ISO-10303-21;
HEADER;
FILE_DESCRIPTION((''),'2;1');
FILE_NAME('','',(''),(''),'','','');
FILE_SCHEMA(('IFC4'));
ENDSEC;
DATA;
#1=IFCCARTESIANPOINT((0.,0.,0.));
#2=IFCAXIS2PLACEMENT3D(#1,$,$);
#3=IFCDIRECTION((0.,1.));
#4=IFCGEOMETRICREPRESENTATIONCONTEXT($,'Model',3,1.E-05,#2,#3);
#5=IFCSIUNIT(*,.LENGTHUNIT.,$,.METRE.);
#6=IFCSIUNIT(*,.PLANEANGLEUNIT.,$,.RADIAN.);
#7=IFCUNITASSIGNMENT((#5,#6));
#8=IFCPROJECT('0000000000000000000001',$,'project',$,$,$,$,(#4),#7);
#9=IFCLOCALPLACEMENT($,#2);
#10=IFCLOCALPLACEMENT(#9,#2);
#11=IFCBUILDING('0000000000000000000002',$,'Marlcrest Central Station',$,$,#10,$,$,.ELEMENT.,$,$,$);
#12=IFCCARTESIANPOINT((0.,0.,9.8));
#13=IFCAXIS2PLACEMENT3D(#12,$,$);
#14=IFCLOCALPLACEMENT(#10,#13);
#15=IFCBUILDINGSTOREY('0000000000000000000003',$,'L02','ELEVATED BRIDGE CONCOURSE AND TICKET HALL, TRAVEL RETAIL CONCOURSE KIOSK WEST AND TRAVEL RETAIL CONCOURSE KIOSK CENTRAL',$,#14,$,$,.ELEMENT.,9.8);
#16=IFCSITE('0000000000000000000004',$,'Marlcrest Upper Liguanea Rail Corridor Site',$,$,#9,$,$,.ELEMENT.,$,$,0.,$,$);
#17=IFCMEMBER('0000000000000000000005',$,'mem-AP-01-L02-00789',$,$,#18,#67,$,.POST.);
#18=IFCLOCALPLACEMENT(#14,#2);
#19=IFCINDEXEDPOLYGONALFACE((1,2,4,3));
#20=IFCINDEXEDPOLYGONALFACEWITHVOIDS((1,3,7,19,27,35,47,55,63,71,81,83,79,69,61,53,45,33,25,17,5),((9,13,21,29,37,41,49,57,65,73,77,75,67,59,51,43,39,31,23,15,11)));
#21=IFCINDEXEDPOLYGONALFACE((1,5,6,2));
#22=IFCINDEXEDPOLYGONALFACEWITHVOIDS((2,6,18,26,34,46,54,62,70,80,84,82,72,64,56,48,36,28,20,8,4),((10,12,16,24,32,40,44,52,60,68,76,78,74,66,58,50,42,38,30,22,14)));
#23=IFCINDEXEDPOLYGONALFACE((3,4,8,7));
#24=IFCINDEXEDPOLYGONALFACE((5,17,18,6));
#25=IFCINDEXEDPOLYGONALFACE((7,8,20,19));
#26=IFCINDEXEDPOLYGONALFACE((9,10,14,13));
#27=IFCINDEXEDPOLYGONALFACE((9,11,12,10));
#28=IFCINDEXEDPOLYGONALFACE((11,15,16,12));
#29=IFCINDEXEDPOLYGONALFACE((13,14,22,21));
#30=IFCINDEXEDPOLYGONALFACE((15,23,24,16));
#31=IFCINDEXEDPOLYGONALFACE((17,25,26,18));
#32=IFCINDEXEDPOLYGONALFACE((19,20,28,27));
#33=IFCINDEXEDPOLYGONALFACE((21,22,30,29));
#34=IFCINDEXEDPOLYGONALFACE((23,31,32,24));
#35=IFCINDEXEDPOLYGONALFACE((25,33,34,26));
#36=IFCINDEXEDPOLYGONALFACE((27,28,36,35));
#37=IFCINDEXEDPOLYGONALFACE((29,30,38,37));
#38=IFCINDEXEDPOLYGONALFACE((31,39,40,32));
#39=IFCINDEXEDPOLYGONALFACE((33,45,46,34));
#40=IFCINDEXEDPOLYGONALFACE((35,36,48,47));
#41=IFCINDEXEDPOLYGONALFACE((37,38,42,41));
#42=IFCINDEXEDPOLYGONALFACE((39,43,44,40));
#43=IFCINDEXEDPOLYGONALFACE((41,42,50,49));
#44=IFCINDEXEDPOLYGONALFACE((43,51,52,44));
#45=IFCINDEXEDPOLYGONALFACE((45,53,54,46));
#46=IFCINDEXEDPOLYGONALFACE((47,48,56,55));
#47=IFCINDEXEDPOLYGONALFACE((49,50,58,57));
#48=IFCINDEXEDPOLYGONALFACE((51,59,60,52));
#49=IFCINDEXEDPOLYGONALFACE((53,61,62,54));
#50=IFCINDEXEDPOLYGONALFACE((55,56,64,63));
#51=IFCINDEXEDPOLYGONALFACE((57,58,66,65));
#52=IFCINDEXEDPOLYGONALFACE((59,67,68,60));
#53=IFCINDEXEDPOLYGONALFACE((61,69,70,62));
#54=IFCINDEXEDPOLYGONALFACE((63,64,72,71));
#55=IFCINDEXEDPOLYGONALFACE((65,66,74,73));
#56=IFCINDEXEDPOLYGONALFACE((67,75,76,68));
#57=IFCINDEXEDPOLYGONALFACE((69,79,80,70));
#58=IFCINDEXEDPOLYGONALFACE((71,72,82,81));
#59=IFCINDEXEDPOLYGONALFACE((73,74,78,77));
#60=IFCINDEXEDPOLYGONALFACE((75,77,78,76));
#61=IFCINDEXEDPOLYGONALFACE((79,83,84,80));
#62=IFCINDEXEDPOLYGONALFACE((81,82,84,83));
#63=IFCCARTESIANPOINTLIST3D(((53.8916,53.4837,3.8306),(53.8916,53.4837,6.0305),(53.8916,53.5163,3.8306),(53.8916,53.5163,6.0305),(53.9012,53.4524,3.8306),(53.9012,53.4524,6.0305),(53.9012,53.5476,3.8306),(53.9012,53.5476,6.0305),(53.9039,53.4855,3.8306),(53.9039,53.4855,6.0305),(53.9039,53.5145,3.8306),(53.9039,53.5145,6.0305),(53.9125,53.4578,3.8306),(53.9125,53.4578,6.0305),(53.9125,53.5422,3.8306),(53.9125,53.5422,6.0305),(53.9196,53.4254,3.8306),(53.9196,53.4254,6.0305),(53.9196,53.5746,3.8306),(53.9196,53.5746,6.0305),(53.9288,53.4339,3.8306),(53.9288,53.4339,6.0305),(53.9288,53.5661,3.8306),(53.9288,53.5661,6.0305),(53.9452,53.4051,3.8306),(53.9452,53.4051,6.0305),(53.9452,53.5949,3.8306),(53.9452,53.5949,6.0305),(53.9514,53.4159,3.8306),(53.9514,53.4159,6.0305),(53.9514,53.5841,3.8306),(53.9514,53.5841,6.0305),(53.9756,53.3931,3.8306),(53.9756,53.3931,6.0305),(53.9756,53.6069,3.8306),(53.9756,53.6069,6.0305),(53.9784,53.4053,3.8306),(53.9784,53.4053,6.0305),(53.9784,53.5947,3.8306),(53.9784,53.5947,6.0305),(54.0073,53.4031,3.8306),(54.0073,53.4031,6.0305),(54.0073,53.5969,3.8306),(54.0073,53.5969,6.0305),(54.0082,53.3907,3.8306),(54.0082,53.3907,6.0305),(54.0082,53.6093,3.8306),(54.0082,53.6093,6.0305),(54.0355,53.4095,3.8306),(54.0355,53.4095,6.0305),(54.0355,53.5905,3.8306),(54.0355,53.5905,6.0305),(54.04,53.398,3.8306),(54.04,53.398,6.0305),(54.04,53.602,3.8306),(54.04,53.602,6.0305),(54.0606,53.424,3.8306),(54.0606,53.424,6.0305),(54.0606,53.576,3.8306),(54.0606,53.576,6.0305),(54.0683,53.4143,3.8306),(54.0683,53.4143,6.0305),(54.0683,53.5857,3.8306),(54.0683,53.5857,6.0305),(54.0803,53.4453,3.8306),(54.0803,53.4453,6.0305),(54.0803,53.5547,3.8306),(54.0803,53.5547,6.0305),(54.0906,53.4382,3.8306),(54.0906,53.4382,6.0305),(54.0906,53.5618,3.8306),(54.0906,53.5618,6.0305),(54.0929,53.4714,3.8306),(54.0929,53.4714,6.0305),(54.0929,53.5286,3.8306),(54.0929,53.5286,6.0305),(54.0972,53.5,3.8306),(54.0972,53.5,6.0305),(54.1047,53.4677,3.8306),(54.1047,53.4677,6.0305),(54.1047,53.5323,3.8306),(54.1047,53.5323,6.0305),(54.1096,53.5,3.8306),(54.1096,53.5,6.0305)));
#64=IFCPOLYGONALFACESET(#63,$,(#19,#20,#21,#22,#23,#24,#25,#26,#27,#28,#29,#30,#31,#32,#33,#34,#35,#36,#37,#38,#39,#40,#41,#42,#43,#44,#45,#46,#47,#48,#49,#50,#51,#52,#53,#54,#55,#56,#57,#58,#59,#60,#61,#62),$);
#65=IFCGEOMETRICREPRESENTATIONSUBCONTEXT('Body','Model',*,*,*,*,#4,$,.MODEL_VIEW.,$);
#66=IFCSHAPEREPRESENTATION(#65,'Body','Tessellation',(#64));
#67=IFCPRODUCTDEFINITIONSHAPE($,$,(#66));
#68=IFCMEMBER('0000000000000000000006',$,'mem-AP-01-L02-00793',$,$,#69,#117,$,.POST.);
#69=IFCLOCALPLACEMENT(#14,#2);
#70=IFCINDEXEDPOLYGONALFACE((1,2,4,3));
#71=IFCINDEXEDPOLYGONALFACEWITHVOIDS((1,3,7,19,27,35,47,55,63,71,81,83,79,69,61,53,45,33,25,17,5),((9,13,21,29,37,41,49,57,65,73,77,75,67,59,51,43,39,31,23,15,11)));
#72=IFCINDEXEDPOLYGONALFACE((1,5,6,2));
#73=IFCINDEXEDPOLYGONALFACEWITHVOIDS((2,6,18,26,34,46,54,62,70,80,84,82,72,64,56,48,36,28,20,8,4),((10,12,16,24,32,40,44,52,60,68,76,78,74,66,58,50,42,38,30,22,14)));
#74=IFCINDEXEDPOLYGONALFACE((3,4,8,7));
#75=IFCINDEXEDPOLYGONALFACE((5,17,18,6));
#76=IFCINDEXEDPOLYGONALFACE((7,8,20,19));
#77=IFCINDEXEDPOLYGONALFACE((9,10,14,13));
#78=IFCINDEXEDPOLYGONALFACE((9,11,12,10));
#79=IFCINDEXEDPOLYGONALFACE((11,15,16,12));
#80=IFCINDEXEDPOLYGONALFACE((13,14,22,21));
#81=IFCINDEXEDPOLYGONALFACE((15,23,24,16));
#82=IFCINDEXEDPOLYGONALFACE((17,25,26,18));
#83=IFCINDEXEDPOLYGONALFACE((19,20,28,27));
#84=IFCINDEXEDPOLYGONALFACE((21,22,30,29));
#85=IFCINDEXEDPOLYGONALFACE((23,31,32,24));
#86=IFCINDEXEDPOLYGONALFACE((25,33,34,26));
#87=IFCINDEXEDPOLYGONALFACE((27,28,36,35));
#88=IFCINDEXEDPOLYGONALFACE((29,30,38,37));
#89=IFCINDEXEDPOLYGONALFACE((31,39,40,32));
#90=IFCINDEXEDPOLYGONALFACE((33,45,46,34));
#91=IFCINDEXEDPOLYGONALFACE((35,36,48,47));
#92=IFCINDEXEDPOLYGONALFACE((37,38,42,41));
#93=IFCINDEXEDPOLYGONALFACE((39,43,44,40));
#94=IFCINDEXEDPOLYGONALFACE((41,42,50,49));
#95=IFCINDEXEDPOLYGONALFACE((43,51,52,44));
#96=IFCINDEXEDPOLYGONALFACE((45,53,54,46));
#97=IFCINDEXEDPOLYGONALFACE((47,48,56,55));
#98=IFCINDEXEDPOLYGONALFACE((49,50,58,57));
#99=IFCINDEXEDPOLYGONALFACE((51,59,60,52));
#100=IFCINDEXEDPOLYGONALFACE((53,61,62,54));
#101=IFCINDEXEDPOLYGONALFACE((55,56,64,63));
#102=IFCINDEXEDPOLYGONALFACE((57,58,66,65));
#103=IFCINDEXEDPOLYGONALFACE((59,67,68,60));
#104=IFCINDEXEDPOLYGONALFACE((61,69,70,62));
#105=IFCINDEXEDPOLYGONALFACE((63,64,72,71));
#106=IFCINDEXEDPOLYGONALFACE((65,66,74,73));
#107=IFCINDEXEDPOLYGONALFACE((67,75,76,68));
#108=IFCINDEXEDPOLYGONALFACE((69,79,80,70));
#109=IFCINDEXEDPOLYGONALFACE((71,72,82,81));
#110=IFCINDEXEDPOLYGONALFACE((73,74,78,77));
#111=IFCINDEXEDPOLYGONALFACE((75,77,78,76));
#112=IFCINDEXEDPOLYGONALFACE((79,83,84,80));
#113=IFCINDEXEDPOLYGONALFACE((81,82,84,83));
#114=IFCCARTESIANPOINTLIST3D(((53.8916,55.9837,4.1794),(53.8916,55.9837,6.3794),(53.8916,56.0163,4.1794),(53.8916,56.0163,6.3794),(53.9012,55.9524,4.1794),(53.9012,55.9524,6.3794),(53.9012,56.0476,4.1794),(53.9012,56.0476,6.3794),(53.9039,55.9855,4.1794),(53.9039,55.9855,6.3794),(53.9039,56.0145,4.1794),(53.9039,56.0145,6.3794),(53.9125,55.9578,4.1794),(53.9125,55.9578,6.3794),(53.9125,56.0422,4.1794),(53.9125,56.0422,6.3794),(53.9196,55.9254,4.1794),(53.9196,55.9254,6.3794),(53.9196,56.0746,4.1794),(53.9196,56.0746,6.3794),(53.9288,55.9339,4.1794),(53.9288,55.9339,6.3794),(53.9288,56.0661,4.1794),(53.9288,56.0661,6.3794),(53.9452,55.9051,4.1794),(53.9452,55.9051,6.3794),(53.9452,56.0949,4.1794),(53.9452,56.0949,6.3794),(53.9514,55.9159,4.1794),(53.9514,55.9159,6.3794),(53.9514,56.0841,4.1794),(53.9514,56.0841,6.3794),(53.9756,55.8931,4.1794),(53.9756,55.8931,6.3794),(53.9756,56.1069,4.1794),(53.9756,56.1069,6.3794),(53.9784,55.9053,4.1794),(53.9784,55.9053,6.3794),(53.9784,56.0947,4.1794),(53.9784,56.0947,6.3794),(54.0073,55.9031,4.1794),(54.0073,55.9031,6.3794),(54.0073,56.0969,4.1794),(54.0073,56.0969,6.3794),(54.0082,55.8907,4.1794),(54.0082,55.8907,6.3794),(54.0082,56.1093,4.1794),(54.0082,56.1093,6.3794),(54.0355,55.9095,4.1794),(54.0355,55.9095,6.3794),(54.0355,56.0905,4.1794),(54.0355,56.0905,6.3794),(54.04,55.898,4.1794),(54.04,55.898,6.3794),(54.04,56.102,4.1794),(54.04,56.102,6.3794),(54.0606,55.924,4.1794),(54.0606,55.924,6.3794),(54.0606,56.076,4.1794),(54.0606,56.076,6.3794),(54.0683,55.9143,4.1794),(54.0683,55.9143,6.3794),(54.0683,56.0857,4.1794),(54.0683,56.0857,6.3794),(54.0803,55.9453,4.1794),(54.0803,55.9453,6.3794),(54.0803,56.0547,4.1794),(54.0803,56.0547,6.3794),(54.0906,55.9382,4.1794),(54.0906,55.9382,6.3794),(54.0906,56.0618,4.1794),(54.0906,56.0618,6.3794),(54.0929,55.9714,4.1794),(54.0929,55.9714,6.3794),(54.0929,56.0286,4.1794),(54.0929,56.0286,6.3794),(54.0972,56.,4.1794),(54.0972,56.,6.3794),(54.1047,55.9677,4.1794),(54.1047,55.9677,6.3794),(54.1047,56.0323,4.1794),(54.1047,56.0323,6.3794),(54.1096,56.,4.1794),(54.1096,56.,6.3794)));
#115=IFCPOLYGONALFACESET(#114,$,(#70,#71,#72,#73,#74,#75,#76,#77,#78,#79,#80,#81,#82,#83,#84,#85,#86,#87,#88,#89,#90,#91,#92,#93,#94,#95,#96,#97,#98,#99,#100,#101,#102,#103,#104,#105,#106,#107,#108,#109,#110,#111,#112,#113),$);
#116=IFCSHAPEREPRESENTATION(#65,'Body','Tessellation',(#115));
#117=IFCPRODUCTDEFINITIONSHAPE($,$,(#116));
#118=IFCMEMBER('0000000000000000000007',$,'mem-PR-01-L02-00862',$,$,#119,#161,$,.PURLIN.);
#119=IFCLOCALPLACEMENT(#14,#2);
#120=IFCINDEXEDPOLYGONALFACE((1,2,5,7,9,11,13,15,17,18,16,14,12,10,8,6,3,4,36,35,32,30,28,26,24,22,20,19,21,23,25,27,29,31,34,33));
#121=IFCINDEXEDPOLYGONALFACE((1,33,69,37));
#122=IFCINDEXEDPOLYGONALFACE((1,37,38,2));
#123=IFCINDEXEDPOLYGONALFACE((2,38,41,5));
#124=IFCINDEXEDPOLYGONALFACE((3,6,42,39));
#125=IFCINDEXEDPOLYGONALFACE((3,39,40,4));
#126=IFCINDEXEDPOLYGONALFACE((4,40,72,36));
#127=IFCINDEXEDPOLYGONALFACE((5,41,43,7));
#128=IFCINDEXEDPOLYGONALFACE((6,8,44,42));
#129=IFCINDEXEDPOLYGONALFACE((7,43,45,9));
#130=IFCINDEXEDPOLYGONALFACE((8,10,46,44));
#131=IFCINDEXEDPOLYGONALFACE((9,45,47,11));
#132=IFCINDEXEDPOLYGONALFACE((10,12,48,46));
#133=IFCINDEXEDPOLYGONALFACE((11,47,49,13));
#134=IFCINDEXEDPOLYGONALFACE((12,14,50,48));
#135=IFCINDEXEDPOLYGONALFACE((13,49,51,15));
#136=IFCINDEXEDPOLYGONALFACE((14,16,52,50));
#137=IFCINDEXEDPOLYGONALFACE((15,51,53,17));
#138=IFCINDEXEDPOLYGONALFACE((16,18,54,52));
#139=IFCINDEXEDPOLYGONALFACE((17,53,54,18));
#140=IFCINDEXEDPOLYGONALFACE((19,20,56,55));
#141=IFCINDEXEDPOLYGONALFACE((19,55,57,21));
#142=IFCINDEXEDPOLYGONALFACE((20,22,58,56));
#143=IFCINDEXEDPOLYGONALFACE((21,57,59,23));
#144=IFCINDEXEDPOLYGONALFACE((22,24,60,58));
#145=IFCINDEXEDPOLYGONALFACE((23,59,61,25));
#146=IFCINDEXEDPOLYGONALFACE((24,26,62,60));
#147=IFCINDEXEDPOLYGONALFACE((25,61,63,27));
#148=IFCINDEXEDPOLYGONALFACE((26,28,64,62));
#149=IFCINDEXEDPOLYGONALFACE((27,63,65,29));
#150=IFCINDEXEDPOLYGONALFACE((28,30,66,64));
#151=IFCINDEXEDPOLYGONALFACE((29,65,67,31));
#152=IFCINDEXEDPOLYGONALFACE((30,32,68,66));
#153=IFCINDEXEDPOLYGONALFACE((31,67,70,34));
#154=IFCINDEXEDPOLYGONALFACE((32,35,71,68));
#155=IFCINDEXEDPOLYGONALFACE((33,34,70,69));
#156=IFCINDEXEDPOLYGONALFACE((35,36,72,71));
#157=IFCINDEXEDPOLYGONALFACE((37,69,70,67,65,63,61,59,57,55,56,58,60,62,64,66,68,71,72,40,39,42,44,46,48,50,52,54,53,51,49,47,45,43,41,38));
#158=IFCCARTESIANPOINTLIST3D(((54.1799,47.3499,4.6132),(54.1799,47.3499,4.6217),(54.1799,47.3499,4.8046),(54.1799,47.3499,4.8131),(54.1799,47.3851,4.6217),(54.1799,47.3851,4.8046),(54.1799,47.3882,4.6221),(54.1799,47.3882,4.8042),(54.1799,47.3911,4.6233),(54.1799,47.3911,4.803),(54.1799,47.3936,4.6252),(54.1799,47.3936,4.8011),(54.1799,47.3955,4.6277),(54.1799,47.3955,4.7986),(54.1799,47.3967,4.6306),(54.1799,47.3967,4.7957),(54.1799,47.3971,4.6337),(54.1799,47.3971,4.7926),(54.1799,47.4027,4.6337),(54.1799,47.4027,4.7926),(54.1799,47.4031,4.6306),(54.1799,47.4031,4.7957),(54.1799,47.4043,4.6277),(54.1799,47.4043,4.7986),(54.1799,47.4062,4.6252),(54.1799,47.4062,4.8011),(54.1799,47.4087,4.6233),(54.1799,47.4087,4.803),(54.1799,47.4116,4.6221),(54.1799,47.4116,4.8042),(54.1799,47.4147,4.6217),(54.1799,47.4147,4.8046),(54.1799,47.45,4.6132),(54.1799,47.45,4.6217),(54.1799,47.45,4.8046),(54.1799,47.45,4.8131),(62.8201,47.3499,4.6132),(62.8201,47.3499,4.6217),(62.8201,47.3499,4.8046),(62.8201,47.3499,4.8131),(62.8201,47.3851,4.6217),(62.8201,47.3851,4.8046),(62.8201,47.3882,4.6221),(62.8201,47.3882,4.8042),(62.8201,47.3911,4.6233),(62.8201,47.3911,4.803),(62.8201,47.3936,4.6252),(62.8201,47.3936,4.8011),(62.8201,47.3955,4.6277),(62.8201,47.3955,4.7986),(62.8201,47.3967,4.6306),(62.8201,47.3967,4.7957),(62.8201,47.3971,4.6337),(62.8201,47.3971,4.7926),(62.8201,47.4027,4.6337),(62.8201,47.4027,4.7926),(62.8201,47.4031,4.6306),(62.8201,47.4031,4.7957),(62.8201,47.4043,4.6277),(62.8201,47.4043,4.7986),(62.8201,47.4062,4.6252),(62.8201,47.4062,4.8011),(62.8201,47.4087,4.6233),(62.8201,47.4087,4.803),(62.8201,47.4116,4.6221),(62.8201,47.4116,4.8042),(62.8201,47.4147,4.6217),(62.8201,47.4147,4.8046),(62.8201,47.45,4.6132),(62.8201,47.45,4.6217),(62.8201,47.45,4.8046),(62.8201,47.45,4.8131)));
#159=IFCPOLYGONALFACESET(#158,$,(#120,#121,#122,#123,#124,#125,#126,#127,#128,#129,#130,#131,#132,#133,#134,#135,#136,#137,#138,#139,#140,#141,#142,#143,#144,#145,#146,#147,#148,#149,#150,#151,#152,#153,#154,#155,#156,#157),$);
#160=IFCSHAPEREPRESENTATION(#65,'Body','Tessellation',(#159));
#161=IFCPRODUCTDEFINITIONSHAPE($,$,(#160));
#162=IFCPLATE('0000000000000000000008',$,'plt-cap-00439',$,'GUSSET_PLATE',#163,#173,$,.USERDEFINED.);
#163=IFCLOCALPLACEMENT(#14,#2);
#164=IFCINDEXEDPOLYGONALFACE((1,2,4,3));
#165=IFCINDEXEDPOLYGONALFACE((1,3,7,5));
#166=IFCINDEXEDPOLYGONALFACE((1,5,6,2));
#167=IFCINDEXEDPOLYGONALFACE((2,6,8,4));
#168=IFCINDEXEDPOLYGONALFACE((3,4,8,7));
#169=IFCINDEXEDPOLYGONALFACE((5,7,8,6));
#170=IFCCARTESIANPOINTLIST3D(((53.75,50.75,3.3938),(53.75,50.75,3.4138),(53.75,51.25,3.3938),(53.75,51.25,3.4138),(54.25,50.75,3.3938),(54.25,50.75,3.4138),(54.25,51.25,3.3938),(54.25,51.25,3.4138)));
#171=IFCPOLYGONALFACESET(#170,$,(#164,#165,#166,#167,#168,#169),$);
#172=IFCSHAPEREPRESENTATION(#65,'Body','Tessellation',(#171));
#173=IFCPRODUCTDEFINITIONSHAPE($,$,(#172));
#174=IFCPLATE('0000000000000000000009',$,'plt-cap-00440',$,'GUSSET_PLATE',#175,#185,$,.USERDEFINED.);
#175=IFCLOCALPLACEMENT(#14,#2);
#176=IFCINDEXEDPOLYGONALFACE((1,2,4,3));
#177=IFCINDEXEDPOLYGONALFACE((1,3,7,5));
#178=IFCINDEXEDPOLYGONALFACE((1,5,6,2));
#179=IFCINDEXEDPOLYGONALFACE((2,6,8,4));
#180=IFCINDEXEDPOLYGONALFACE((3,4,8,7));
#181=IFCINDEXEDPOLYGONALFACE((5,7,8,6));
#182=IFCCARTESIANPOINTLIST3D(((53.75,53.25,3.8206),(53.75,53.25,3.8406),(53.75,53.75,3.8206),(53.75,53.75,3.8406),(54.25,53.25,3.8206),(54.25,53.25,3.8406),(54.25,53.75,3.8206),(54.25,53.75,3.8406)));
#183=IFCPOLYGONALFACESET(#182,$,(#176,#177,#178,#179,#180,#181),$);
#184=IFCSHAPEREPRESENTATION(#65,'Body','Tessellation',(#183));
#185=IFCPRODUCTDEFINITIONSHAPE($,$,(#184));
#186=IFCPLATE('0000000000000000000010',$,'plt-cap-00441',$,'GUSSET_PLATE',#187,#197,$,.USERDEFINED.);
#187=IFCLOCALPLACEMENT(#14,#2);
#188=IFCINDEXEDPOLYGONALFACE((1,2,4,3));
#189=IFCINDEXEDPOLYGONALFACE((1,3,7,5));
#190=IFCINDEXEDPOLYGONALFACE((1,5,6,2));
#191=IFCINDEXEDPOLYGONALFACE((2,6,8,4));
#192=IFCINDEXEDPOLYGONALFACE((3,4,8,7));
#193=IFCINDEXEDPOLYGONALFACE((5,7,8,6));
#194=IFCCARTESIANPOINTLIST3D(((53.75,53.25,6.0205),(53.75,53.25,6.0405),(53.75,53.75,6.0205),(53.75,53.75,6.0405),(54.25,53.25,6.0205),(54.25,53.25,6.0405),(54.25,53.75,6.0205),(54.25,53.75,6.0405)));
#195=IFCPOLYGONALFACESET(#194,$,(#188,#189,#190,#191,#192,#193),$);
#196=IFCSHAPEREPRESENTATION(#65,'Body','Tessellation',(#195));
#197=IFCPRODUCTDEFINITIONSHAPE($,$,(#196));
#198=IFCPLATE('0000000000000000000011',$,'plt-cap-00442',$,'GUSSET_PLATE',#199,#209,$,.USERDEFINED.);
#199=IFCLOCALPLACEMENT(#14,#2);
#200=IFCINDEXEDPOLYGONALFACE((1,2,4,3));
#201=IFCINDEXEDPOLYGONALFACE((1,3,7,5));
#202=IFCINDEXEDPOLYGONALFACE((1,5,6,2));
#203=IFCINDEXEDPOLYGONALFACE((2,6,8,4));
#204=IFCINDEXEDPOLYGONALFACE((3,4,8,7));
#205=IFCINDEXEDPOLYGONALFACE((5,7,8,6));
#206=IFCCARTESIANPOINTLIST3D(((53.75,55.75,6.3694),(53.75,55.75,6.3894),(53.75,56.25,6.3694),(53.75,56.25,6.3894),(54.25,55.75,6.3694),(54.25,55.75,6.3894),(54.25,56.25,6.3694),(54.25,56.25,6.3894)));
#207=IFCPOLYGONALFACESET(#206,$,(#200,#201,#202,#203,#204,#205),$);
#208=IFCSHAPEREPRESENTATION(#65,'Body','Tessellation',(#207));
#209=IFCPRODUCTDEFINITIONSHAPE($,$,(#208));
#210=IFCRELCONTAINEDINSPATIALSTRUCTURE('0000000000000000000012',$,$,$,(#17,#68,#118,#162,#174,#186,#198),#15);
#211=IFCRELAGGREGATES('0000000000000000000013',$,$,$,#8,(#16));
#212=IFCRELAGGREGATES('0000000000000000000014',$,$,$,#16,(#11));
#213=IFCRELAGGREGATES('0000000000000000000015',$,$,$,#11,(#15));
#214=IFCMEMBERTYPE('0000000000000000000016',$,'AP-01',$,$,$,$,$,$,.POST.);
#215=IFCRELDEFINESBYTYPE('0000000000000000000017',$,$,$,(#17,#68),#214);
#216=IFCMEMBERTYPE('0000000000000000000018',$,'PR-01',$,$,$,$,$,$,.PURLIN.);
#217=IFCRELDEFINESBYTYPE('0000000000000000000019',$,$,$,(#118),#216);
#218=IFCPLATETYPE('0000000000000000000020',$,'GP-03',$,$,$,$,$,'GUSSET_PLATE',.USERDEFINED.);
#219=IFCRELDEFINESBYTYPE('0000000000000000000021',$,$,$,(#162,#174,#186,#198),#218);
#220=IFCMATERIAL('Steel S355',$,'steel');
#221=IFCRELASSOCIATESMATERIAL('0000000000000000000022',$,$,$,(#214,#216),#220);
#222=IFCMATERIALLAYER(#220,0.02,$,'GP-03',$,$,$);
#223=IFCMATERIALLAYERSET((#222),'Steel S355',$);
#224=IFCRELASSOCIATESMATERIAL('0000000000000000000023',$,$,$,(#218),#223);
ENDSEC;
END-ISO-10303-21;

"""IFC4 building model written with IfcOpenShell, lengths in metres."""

from ifc_helpers import new_model, si_unit, direction, frame, origin, origin_2d, place, context, subcontext, project, spatial, rectangle, hollow_circle, i_section, extrude, material, layer, layer_set, material_profile, profile_set, type_object, element, save


model = new_model("IFC4")

# Units and contexts
model_context = context("Model", 3, precision=1e-05, world=origin(), true_north=direction((0.0, 1.0)))
body_context = subcontext(model_context, "Body", "Model", "MODEL_VIEW")
ifc_project = project(units=[si_unit("LENGTHUNIT", "METRE"), si_unit("PLANEANGLEUNIT", "RADIAN")], contexts=[model_context])

# Site, building, storey
site_placement = place(None, origin())
site = spatial("IfcSite", under=ifc_project, at=site_placement, Name="Marlcrest Upper Liguanea Rail Corridor Site", CompositionType="ELEMENT", RefElevation=0.0)
building_placement = place(site_placement, origin())
building = spatial("IfcBuilding", under=site, at=building_placement, Name="Marlcrest Central Station", CompositionType="ELEMENT")
storey_placement = place(building_placement, frame((0.0, 0.0, 9.8)))
storey = spatial("IfcBuildingStorey", under=building, at=storey_placement, Name="L02", Description="ELEVATED BRIDGE CONCOURSE AND TICKET HALL, TRAVEL RETAIL CONCOURSE KIOSK WEST AND TRAVEL RETAIL CONCOURSE KIOSK CENTRAL", CompositionType="ELEMENT", Elevation=9.8)

# Members
ifc_material = material(Name="Steel S355", Category="steel")
ifc_material_profile_1 = material_profile(ifc_material, hollow_circle(Radius=0.1096, WallThickness=0.0125, at=origin_2d()), Name="CHS 219.1x12.5")
ifc_profile_set_1 = profile_set([ifc_material_profile_1], Name="Steel S355")
member_type_1 = type_object("IfcMemberType", Name="AP-01", PredefinedType="POST", material=ifc_profile_set_1)
for number, where, z_axis, x_axis, name in (
    (1, (54.0, 53.5, 3.8306), (0.0, 0.0, 1.0), (1.0, 0.0, 0.0), "mem-AP-01-L02-00789"),
    (2, (54.0, 56.0, 4.1794), (0.0, 0.0, 1.0), (1.0, 0.0, 0.0), "mem-AP-01-L02-00793"),
):
    element("IfcMember", number, at=place(storey_placement, frame(where, z_axis=z_axis, x_axis=x_axis)), inside=storey, type_object=member_type_1, Name=name, PredefinedType="POST", context=body_context, shape_type="SweptSolid", body=[
        extrude(hollow_circle(Radius=0.1096, WallThickness=0.0125, at=origin_2d()), origin(), (0.0, 0.0, 1.0), 2.2),
    ])
ifc_material_profile_2 = material_profile(ifc_material, i_section(OverallWidth=0.1001, OverallDepth=0.2, WebThickness=0.0056, FlangeThickness=0.0085, FilletRadius=0.012, at=origin_2d()), Name="IPE 200")
ifc_profile_set_2 = profile_set([ifc_material_profile_2], Name="Steel S355")
member_type_2 = type_object("IfcMemberType", Name="PR-01", PredefinedType="PURLIN", material=ifc_profile_set_2)
member_1_placement = place(storey_placement, frame((54.1799, 47.3999, 4.7131), z_axis=(1.0, 0.0, 0.0), x_axis=(0.0, 1.0, 0.0)))
element("IfcMember", 3, at=member_1_placement, inside=storey, type_object=member_type_2, Name="mem-PR-01-L02-00862", PredefinedType="PURLIN", context=body_context, shape_type="SweptSolid", body=[
    extrude(i_section(OverallWidth=0.1001, OverallDepth=0.2, WebThickness=0.0056, FlangeThickness=0.0085, FilletRadius=0.012, at=origin_2d()), origin(), (0.0, 0.0, 1.0), 8.6401),
])

# Plates
ifc_layer = layer(ifc_material, 0.02, Name="GP-03")
ifc_layer_set = layer_set([ifc_layer], Name="Steel S355")
plate_type = type_object("IfcPlateType", Name="GP-03", ElementType="GUSSET_PLATE", PredefinedType="USERDEFINED", material=ifc_layer_set)
for number, where, z_axis, x_axis, name in (
    (4, (54.0, 51.0, 3.3938), (0.0, 0.0, 1.0), (1.0, 0.0, 0.0), "plt-cap-00439"),
    (5, (54.0, 53.5, 3.8206), (0.0, 0.0, 1.0), (1.0, 0.0, 0.0), "plt-cap-00440"),
    (6, (54.0, 53.5, 6.0205), (0.0, 0.0, 1.0), (1.0, 0.0, 0.0), "plt-cap-00441"),
    (7, (54.0, 56.0, 6.3694), (0.0, 0.0, 1.0), (1.0, 0.0, 0.0), "plt-cap-00442"),
):
    element("IfcPlate", number, at=place(storey_placement, frame(where, z_axis=z_axis, x_axis=x_axis)), inside=storey, type_object=plate_type, Name=name, ObjectType="GUSSET_PLATE", PredefinedType="USERDEFINED", context=body_context, shape_type="SweptSolid", body=[
        extrude(rectangle(XDim=0.5, YDim=0.5, at=origin_2d()), origin(), (0.0, 0.0, 1.0), 0.02),
    ])

save(model, "model.ifc")
